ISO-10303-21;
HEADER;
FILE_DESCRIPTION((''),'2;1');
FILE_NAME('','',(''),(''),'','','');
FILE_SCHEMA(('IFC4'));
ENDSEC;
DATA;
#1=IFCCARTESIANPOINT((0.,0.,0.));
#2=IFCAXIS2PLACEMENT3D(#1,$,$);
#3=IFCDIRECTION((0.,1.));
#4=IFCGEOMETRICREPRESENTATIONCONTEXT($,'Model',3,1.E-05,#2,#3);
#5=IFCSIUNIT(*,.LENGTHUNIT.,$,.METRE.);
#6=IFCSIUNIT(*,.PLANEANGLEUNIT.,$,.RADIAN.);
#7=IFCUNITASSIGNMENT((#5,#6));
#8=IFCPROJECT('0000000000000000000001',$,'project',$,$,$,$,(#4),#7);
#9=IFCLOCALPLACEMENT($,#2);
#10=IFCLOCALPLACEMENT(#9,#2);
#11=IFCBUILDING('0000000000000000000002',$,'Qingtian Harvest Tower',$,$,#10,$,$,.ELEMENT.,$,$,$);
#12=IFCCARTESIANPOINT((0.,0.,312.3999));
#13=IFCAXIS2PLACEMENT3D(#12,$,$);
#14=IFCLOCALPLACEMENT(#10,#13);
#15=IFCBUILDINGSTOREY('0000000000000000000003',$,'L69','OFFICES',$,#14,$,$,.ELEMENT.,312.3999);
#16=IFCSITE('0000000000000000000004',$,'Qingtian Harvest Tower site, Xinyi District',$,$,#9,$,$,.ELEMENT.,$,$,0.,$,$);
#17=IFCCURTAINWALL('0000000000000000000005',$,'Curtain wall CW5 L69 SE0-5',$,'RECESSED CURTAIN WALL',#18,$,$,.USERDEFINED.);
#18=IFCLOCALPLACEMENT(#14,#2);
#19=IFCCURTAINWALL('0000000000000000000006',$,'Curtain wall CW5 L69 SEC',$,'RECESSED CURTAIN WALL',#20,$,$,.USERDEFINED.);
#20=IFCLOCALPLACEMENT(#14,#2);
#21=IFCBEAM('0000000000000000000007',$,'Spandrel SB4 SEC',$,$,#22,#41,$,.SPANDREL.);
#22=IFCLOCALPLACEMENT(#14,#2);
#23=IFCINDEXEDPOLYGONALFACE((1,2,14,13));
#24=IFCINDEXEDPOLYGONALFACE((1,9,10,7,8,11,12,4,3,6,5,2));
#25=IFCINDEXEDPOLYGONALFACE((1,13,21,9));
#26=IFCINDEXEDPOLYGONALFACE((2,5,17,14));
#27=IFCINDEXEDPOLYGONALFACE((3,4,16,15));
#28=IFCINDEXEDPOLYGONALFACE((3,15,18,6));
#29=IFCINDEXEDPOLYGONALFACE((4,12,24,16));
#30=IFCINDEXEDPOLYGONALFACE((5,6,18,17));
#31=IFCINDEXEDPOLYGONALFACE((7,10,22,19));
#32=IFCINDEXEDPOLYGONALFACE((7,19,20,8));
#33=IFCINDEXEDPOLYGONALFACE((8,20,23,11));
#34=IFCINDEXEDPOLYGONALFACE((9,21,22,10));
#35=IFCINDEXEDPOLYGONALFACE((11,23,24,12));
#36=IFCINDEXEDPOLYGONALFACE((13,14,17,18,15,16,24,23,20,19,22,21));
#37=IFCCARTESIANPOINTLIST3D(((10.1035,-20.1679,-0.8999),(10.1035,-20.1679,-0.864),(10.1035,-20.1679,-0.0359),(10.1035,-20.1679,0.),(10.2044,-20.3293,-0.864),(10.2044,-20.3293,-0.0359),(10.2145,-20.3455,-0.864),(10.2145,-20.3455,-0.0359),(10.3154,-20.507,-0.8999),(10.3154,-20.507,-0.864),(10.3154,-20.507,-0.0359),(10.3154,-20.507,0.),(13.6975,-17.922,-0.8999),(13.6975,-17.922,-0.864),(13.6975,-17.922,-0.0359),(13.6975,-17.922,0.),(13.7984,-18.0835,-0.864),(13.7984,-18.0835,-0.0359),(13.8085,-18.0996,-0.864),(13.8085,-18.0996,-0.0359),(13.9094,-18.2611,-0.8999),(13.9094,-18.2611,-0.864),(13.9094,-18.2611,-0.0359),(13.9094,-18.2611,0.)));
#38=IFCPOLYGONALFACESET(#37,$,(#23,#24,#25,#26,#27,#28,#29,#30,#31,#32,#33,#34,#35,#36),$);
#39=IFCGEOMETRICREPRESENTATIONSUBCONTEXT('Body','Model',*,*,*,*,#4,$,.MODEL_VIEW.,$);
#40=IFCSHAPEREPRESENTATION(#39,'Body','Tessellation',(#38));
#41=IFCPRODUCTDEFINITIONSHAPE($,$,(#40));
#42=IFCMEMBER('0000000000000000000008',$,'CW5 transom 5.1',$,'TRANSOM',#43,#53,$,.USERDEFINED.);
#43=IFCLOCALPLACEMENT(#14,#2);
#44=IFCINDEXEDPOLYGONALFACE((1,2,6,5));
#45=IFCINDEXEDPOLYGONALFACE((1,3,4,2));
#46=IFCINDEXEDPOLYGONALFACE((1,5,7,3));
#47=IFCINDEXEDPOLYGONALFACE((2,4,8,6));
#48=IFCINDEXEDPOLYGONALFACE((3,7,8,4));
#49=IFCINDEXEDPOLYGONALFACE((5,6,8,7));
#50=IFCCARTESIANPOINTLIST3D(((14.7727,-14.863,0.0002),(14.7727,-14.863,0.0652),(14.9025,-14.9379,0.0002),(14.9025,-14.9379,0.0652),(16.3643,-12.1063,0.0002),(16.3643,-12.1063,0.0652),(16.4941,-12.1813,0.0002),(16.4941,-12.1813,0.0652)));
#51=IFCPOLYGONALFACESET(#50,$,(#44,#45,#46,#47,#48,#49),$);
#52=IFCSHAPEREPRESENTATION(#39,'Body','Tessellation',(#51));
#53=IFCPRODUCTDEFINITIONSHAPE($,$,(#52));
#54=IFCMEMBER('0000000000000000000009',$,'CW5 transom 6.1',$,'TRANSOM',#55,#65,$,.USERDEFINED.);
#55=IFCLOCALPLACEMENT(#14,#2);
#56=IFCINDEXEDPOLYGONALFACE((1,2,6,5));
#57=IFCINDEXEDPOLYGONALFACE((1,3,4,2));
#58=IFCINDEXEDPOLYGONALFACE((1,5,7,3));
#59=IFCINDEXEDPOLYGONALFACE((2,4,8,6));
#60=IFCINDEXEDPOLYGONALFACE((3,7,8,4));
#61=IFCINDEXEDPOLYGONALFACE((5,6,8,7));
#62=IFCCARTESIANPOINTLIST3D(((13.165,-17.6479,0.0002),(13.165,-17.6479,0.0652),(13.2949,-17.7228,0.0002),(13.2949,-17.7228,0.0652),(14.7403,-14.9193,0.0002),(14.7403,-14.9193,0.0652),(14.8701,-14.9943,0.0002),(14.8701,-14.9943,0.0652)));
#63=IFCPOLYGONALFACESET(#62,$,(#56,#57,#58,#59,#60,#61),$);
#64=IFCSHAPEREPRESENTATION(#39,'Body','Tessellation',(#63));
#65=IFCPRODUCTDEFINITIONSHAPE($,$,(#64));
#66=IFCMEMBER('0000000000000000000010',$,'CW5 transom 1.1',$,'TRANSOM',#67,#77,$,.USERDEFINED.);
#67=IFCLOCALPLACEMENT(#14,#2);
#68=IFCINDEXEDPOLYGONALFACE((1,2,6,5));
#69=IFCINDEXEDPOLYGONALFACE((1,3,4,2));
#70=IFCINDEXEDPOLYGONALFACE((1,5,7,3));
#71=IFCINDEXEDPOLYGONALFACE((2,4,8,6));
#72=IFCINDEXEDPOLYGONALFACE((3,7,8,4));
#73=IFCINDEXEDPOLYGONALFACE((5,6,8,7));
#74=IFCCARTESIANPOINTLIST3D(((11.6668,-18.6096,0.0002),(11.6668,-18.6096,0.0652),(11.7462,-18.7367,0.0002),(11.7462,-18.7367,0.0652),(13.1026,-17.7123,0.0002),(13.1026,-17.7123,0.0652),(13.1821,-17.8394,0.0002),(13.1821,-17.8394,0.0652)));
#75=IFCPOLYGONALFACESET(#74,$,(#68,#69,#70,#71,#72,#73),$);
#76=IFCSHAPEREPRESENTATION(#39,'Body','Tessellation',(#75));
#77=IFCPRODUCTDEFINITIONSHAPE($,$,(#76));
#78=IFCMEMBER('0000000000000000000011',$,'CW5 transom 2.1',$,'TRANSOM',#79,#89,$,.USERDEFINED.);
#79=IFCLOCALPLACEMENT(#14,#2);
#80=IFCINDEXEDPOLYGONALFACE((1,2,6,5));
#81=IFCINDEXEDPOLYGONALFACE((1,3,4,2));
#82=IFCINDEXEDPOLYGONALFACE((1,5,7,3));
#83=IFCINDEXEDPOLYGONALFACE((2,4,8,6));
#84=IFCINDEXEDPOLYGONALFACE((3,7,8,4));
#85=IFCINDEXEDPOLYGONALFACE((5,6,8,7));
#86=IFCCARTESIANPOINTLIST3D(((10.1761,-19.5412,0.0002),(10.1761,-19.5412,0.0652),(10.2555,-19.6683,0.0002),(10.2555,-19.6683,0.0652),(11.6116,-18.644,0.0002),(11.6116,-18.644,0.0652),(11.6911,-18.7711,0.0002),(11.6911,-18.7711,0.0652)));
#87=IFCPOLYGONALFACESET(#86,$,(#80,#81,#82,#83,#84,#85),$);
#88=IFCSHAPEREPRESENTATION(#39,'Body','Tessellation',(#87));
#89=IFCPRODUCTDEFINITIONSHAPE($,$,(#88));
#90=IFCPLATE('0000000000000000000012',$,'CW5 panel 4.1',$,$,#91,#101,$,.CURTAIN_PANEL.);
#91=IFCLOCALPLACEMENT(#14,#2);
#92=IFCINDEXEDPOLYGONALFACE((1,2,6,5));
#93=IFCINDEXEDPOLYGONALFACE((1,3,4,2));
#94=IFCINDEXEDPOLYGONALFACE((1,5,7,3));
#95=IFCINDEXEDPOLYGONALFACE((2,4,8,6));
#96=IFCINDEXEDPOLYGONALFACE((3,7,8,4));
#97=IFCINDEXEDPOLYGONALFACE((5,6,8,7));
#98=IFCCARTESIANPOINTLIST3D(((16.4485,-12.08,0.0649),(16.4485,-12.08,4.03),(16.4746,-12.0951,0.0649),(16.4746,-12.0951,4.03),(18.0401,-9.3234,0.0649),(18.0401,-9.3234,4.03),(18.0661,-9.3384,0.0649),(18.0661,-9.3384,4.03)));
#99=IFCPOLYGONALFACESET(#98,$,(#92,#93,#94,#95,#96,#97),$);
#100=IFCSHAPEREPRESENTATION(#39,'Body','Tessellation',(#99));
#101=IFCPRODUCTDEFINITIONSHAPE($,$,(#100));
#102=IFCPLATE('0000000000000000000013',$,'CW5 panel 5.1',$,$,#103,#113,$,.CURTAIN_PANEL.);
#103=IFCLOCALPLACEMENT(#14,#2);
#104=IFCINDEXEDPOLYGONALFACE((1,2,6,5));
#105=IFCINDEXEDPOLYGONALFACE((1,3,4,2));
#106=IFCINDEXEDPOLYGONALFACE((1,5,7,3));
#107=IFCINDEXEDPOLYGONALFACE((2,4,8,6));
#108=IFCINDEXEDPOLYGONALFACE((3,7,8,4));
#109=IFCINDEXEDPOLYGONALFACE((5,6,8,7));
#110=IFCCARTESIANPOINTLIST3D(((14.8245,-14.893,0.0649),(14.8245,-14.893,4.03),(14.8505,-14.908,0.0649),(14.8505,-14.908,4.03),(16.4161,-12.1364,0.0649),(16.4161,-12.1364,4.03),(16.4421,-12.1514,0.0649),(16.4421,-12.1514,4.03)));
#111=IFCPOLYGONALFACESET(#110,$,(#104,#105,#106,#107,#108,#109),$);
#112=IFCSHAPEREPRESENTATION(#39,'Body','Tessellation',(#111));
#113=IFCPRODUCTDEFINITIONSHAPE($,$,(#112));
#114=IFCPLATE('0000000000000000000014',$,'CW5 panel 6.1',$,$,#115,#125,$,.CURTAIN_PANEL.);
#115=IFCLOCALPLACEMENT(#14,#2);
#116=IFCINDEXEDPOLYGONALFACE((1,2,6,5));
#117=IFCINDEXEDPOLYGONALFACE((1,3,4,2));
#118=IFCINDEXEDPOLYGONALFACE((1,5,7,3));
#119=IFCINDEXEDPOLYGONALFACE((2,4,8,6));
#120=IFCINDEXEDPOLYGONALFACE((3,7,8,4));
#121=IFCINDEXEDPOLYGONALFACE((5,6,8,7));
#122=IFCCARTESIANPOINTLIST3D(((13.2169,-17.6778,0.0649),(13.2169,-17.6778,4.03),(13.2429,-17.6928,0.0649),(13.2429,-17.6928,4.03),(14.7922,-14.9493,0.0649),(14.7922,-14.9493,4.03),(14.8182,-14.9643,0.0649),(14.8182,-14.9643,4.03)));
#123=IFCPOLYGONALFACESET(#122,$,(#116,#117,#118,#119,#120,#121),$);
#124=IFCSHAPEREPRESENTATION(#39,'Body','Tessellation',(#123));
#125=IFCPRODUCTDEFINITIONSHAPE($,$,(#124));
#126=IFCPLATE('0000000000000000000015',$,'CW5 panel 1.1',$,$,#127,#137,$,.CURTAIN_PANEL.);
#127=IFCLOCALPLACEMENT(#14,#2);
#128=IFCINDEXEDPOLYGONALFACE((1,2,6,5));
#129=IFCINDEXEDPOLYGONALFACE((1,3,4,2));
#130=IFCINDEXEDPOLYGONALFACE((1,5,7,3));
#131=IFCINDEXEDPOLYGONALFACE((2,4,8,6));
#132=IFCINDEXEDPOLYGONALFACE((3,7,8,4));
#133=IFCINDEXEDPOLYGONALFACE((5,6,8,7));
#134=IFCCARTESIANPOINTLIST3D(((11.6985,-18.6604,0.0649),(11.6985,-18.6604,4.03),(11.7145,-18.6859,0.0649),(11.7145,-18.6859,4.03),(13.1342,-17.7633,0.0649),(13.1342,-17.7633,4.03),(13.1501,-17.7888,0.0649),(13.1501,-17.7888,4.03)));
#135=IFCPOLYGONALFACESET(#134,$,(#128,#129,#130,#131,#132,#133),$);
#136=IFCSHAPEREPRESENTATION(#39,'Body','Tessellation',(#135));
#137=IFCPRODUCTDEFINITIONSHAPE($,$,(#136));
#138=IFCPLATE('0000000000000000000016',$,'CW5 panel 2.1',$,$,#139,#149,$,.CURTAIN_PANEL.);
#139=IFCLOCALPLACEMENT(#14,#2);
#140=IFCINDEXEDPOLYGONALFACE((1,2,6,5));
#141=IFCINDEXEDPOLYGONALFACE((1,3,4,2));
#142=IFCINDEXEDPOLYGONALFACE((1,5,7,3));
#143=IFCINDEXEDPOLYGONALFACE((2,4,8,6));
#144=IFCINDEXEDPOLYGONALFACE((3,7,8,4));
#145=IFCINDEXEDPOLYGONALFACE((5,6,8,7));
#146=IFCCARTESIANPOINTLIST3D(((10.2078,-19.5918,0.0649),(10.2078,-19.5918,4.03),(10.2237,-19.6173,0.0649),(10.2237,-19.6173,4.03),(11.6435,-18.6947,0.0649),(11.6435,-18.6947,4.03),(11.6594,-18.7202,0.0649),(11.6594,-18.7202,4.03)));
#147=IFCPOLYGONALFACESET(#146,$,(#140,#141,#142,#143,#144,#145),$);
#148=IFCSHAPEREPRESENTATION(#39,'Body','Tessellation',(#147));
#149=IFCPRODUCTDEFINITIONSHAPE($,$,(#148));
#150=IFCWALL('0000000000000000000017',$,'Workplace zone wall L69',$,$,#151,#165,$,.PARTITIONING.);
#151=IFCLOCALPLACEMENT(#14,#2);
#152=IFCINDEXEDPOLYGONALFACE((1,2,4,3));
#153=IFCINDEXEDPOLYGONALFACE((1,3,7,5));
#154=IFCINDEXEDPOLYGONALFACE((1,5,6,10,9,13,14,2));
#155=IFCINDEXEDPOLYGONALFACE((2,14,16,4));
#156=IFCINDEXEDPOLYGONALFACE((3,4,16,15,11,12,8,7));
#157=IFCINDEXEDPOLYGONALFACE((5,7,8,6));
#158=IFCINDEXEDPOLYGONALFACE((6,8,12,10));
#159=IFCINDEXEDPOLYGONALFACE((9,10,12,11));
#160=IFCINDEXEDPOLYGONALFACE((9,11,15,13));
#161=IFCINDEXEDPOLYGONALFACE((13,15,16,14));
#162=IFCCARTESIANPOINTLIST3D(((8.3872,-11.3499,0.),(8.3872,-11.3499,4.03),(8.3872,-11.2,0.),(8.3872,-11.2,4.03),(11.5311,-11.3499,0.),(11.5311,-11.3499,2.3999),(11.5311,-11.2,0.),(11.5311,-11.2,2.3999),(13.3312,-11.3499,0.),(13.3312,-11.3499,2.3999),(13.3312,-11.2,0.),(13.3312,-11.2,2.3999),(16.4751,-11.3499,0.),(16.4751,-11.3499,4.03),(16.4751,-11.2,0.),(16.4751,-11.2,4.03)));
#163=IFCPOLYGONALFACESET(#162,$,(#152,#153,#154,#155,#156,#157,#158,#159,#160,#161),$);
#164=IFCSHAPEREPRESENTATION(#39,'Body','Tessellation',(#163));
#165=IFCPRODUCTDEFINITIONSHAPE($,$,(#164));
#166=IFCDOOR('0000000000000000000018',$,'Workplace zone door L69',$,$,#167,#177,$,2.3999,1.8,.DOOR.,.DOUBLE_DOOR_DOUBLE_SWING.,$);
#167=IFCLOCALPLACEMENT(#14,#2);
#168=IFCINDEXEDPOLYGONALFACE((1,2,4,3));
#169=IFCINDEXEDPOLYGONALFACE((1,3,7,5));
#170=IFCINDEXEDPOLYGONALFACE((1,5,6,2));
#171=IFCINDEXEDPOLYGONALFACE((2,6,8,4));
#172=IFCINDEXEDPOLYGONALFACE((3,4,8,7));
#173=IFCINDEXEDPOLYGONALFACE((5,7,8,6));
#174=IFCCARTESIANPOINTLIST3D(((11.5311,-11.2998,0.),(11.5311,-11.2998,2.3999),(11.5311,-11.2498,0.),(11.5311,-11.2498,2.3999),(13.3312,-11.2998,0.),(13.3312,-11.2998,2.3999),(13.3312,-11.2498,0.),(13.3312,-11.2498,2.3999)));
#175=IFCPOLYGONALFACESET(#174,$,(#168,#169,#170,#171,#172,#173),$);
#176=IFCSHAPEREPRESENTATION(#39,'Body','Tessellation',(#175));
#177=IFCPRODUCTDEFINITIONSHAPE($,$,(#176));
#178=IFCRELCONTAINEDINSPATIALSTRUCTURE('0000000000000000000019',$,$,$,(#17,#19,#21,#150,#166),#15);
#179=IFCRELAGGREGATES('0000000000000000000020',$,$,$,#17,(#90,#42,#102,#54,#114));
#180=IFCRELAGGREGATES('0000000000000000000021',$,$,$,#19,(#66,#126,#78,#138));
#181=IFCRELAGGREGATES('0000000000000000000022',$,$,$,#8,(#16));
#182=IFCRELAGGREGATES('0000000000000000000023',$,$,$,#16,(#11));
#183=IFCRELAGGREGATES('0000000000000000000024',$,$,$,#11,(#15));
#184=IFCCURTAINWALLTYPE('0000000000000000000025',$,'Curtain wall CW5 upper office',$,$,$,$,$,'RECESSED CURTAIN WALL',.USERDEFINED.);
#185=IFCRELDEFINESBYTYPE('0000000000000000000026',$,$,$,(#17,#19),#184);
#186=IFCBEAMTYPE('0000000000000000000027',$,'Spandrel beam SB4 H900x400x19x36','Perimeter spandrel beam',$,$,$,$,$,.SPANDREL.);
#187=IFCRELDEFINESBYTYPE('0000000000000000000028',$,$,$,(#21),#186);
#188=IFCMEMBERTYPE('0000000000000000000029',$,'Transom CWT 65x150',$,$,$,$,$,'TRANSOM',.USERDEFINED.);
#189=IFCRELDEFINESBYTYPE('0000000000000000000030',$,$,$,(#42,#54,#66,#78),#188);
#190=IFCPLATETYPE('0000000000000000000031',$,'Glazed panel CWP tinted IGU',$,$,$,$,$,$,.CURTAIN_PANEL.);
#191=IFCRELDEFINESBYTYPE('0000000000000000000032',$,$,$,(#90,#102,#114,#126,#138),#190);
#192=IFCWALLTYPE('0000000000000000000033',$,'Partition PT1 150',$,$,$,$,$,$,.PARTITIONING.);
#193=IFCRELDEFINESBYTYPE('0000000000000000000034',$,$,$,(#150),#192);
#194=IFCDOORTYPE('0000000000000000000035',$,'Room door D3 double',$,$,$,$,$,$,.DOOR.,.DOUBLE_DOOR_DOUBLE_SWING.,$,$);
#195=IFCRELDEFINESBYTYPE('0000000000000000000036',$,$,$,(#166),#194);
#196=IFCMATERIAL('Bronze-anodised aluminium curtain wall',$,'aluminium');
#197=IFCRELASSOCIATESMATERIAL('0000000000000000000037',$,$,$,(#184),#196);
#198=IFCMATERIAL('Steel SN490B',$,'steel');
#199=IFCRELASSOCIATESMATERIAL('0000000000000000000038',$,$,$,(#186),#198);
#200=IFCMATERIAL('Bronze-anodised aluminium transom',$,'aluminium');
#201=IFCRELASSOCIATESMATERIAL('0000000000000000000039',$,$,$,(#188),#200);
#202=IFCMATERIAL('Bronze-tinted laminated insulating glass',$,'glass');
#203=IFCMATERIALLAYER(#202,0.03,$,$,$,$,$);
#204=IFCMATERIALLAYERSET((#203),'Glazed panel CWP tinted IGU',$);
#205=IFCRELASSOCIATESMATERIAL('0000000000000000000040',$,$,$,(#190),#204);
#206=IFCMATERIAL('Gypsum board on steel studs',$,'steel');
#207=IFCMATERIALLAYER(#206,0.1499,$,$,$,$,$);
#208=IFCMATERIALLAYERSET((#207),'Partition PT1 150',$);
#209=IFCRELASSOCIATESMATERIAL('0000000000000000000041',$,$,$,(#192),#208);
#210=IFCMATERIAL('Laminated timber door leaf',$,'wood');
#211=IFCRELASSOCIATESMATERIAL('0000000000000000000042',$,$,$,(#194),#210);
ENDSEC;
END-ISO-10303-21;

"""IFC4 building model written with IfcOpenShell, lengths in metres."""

from ifc_helpers import new_model, si_unit, direction, frame, frame_2d, origin, origin_2d, place, context, subcontext, project, spatial, rectangle, i_section, extrude, material, layer, layer_set, material_profile, profile_set, type_object, element, fill, aggregate, save


model = new_model("IFC4")

# Units and contexts
model_context = context("Model", 3, precision=1e-05, world=origin(), true_north=direction((0.0, 1.0)))
body_context = subcontext(model_context, "Body", "Model", "MODEL_VIEW")
ifc_project = project(units=[si_unit("LENGTHUNIT", "METRE"), si_unit("PLANEANGLEUNIT", "RADIAN")], contexts=[model_context])

# Site, building, storey
site_placement = place(None, origin())
site = spatial("IfcSite", under=ifc_project, at=site_placement, Name="Qingtian Harvest Tower site, Xinyi District", CompositionType="ELEMENT", RefElevation=0.0)
building_placement = place(site_placement, origin())
building = spatial("IfcBuilding", under=site, at=building_placement, Name="Qingtian Harvest Tower", CompositionType="ELEMENT")
storey_placement = place(building_placement, frame((0.0, 0.0, 312.3999)))
storey = spatial("IfcBuildingStorey", under=building, at=storey_placement, Name="L69", Description="OFFICES", CompositionType="ELEMENT", Elevation=312.3999)

# Curtain walls
ifc_material_1 = material(Name="Bronze-anodised aluminium curtain wall", Category="aluminium")
curtain_wall_type = type_object("IfcCurtainWallType", Name="Curtain wall CW5 upper office", ElementType="RECESSED CURTAIN WALL", PredefinedType="USERDEFINED", material=ifc_material_1)
curtain_wall_1_placement = place(storey_placement, origin())
curtain_wall_1 = element("IfcCurtainWall", 1, at=curtain_wall_1_placement, inside=storey, type_object=curtain_wall_type, Name="Curtain wall CW5 L69 SE0-5", ObjectType="RECESSED CURTAIN WALL", PredefinedType="USERDEFINED")
curtain_wall_2_placement = place(storey_placement, origin())
curtain_wall_2 = element("IfcCurtainWall", 2, at=curtain_wall_2_placement, inside=storey, type_object=curtain_wall_type, Name="Curtain wall CW5 L69 SEC", ObjectType="RECESSED CURTAIN WALL", PredefinedType="USERDEFINED")

# Beam
ifc_material_2 = material(Name="Steel SN490B", Category="steel")
ifc_material_profile_1 = material_profile(ifc_material_2, i_section(OverallWidth=0.3999, OverallDepth=0.8999, WebThickness=0.019, FlangeThickness=0.0359, at=origin_2d()), Name="H900x400x19x36")
ifc_profile_set_1 = profile_set([ifc_material_profile_1], Name="Steel SN490B")
beam_type_1 = type_object("IfcBeamType", Name="Spandrel beam SB4 H900x400x19x36", Description="Perimeter spandrel beam", PredefinedType="SPANDREL", material=ifc_profile_set_1)
beam_1_placement = place(storey_placement, frame((13.8035, -18.0916, -0.45), z_axis=(-0.84804, -0.529932, 0.0), x_axis=(0.529932, -0.84804, 0.0)))
element("IfcBeam", 3, at=beam_1_placement, inside=storey, type_object=beam_type_1, Name="Spandrel SB4 SEC", PredefinedType="SPANDREL", context=body_context, shape_type="SweptSolid", body=[
    extrude(i_section(OverallWidth=0.3999, OverallDepth=0.8999, WebThickness=0.019, FlangeThickness=0.0359, at=origin_2d()), origin(), (0.0, 0.0, 1.0), 4.238),
])

# Members
ifc_material_3 = material(Name="Bronze-anodised aluminium transom", Category="aluminium")
ifc_material_profile_2 = material_profile(ifc_material_3, rectangle(XDim=0.1499, YDim=0.0649, at=origin_2d()), Name="AL 65x150")
ifc_profile_set_2 = profile_set([ifc_material_profile_2], Name="Bronze-anodised aluminium transom")
member_type_1 = type_object("IfcMemberType", Name="Transom CWT 65x150", ElementType="TRANSOM", PredefinedType="USERDEFINED", material=ifc_profile_set_2)
member_1_placement = place(storey_placement, frame((16.4292, -12.1438, 0.0327), z_axis=(-0.500008, -0.866021, 0.0), x_axis=(0.866021, -0.500008, 0.0)))
member_1 = element("IfcMember", 4, at=member_1_placement, type_object=member_type_1, Name="CW5 transom 5.1", ObjectType="TRANSOM", PredefinedType="USERDEFINED", context=body_context, shape_type="SweptSolid", body=[
    extrude(rectangle(XDim=0.1499, YDim=0.0649, at=origin_2d()), origin(), (0.0, 0.0, 1.0), 3.1831),
])
member_2_placement = place(storey_placement, frame((14.8052, -14.9568, 0.0327), z_axis=(-0.499973, -0.866041, 0.0), x_axis=(0.866041, -0.499973, 0.0)))
member_2 = element("IfcMember", 5, at=member_2_placement, type_object=member_type_1, Name="CW5 transom 6.1", ObjectType="TRANSOM", PredefinedType="USERDEFINED", context=body_context, shape_type="SweptSolid", body=[
    extrude(rectangle(XDim=0.1499, YDim=0.0649, at=origin_2d()), origin(), (0.0, 0.0, 1.0), 3.1506),
])
member_3_placement = place(storey_placement, frame((13.1423, -17.7759, 0.0327), z_axis=(-0.848039, -0.529934, 0.0), x_axis=(0.529934, -0.848039, 0.0)))
member_3 = element("IfcMember", 6, at=member_3_placement, type_object=member_type_1, Name="CW5 transom 1.1", ObjectType="TRANSOM", PredefinedType="USERDEFINED", context=body_context, shape_type="SweptSolid", body=[
    extrude(rectangle(XDim=0.1499, YDim=0.0649, at=origin_2d()), origin(), (0.0, 0.0, 1.0), 1.6931),
])
member_4_placement = place(storey_placement, frame((11.6514, -18.7075, 0.0327), z_axis=(-0.847998, -0.529999, 0.0), x_axis=(0.529999, -0.847998, 0.0)))
member_4 = element("IfcMember", 7, at=member_4_placement, type_object=member_type_1, Name="CW5 transom 2.1", ObjectType="TRANSOM", PredefinedType="USERDEFINED", context=body_context, shape_type="SweptSolid", body=[
    extrude(rectangle(XDim=0.1499, YDim=0.0649, at=origin_2d()), origin(), (0.0, 0.0, 1.0), 1.6929),
])

# Plates
ifc_material_4 = material(Name="Bronze-tinted laminated insulating glass", Category="glass")
ifc_layer_1 = layer(ifc_material_4, 0.03)
ifc_layer_set_1 = layer_set([ifc_layer_1], Name="Glazed panel CWP tinted IGU")
plate_type = type_object("IfcPlateType", Name="Glazed panel CWP tinted IGU", PredefinedType="CURTAIN_PANEL", material=ifc_layer_set_1)
plate_1_placement = place(storey_placement, frame((17.2573, -10.7092, 0.0649), z_axis=(0.0, 0.0, 1.0), x_axis=(-0.5, -0.866025, 0.0)))
plate_1 = element("IfcPlate", 8, at=plate_1_placement, type_object=plate_type, Name="CW5 panel 4.1", PredefinedType="CURTAIN_PANEL", context=body_context, shape_type="SweptSolid", body=[
    extrude(rectangle(XDim=3.1831, YDim=0.03, at=origin_2d()), origin(), (0.0, 0.0, 1.0), 3.9651),
])
plate_2_placement = place(storey_placement, frame((15.6333, -13.5222, 0.0649), z_axis=(0.0, 0.0, 1.0), x_axis=(-0.5, -0.866025, 0.0)))
plate_2 = element("IfcPlate", 9, at=plate_2_placement, type_object=plate_type, Name="CW5 panel 5.1", PredefinedType="CURTAIN_PANEL", context=body_context, shape_type="SweptSolid", body=[
    extrude(rectangle(XDim=3.1831, YDim=0.03, at=origin_2d()), origin(), (0.0, 0.0, 1.0), 3.9651),
])
plate_3_placement = place(storey_placement, frame((14.0176, -16.321, 0.0649), z_axis=(0.0, 0.0, 1.0), x_axis=(-0.5, -0.866025, 0.0)))
plate_3 = element("IfcPlate", 10, at=plate_3_placement, type_object=plate_type, Name="CW5 panel 6.1", PredefinedType="CURTAIN_PANEL", context=body_context, shape_type="SweptSolid", body=[
    extrude(rectangle(XDim=3.1506, YDim=0.03, at=origin_2d()), origin(), (0.0, 0.0, 1.0), 3.9651),
])
aggregate(curtain_wall_1, [plate_1, member_1, plate_2, member_2, plate_3])
plate_4_placement = place(storey_placement, frame((12.4243, -18.2246, 0.0649), z_axis=(0.0, 0.0, 1.0), x_axis=(-0.848048, -0.529919, 0.0)))
plate_4 = element("IfcPlate", 11, at=plate_4_placement, type_object=plate_type, Name="CW5 panel 1.1", PredefinedType="CURTAIN_PANEL", context=body_context, shape_type="SweptSolid", body=[
    extrude(rectangle(XDim=1.6929, YDim=0.03, at=origin_2d()), origin(), (0.0, 0.0, 1.0), 3.9651),
])
plate_5_placement = place(storey_placement, frame((10.9336, -19.156, 0.0649), z_axis=(0.0, 0.0, 1.0), x_axis=(-0.848048, -0.529919, 0.0)))
plate_5 = element("IfcPlate", 12, at=plate_5_placement, type_object=plate_type, Name="CW5 panel 2.1", PredefinedType="CURTAIN_PANEL", context=body_context, shape_type="SweptSolid", body=[
    extrude(rectangle(XDim=1.6929, YDim=0.03, at=origin_2d()), origin(), (0.0, 0.0, 1.0), 3.9651),
])
aggregate(curtain_wall_2, [member_3, plate_4, member_4, plate_5])

# Wall, opening, door
ifc_material_5 = material(Name="Gypsum board on steel studs", Category="steel")
ifc_layer_2 = layer(ifc_material_5, 0.1499)
ifc_layer_set_2 = layer_set([ifc_layer_2], Name="Partition PT1 150")
wall_type = type_object("IfcWallType", Name="Partition PT1 150", PredefinedType="PARTITIONING", material=ifc_layer_set_2)
wall_1_placement = place(storey_placement, frame((16.4751, -11.2749, 0.0), z_axis=(0.0, 0.0, 1.0), x_axis=(-1.0, 0.0, 0.0)))
wall_1 = element("IfcWall", 13, at=wall_1_placement, inside=storey, type_object=wall_type, Name="Workplace zone wall L69", PredefinedType="PARTITIONING", context=body_context, shape_type="SweptSolid", body=[
    extrude(rectangle(XDim=8.0879, YDim=0.1499, at=frame_2d((4.0439, 0.0))), origin(), (0.0, 0.0, 1.0), 4.03),
])
opening_placement = place(wall_1_placement, frame((3.144, 0.0, 0.0)))
opening = element("IfcOpeningElement", 14, at=opening_placement, cuts=wall_1, PredefinedType="OPENING", context=body_context, shape_type="SweptSolid", body=[
    extrude(rectangle(XDim=1.8, YDim=2.3999, at=frame_2d((0.8999, 1.2))), frame((0.0, 0.085, 0.0), z_axis=(0.0, -1.0, 0.0), x_axis=(1.0, 0.0, 0.0)), (0.0, 0.0, 1.0), 0.1699),
])
ifc_material_6 = material(Name="Laminated timber door leaf", Category="wood")
door_type = type_object("IfcDoorType", Name="Room door D3 double", OperationType="DOUBLE_DOOR_DOUBLE_SWING", PredefinedType="DOOR", material=ifc_material_6)
door_placement = place(opening_placement, origin())
door = element("IfcDoor", 15, at=door_placement, inside=storey, type_object=door_type, Name="Workplace zone door L69", OperationType="DOUBLE_DOOR_DOUBLE_SWING", OverallHeight=2.3999, OverallWidth=1.8, PredefinedType="DOOR", context=body_context, shape_type="SweptSolid", body=[
    extrude(rectangle(XDim=1.8, YDim=2.3999, at=frame_2d((0.8999, 1.2))), frame((0.0, 0.0249, 0.0), z_axis=(0.0, -1.0, 0.0), x_axis=(1.0, 0.0, 0.0)), (0.0, 0.0, 1.0), 0.05),
])
fill(opening, door)

save(model, "model.ifc")
